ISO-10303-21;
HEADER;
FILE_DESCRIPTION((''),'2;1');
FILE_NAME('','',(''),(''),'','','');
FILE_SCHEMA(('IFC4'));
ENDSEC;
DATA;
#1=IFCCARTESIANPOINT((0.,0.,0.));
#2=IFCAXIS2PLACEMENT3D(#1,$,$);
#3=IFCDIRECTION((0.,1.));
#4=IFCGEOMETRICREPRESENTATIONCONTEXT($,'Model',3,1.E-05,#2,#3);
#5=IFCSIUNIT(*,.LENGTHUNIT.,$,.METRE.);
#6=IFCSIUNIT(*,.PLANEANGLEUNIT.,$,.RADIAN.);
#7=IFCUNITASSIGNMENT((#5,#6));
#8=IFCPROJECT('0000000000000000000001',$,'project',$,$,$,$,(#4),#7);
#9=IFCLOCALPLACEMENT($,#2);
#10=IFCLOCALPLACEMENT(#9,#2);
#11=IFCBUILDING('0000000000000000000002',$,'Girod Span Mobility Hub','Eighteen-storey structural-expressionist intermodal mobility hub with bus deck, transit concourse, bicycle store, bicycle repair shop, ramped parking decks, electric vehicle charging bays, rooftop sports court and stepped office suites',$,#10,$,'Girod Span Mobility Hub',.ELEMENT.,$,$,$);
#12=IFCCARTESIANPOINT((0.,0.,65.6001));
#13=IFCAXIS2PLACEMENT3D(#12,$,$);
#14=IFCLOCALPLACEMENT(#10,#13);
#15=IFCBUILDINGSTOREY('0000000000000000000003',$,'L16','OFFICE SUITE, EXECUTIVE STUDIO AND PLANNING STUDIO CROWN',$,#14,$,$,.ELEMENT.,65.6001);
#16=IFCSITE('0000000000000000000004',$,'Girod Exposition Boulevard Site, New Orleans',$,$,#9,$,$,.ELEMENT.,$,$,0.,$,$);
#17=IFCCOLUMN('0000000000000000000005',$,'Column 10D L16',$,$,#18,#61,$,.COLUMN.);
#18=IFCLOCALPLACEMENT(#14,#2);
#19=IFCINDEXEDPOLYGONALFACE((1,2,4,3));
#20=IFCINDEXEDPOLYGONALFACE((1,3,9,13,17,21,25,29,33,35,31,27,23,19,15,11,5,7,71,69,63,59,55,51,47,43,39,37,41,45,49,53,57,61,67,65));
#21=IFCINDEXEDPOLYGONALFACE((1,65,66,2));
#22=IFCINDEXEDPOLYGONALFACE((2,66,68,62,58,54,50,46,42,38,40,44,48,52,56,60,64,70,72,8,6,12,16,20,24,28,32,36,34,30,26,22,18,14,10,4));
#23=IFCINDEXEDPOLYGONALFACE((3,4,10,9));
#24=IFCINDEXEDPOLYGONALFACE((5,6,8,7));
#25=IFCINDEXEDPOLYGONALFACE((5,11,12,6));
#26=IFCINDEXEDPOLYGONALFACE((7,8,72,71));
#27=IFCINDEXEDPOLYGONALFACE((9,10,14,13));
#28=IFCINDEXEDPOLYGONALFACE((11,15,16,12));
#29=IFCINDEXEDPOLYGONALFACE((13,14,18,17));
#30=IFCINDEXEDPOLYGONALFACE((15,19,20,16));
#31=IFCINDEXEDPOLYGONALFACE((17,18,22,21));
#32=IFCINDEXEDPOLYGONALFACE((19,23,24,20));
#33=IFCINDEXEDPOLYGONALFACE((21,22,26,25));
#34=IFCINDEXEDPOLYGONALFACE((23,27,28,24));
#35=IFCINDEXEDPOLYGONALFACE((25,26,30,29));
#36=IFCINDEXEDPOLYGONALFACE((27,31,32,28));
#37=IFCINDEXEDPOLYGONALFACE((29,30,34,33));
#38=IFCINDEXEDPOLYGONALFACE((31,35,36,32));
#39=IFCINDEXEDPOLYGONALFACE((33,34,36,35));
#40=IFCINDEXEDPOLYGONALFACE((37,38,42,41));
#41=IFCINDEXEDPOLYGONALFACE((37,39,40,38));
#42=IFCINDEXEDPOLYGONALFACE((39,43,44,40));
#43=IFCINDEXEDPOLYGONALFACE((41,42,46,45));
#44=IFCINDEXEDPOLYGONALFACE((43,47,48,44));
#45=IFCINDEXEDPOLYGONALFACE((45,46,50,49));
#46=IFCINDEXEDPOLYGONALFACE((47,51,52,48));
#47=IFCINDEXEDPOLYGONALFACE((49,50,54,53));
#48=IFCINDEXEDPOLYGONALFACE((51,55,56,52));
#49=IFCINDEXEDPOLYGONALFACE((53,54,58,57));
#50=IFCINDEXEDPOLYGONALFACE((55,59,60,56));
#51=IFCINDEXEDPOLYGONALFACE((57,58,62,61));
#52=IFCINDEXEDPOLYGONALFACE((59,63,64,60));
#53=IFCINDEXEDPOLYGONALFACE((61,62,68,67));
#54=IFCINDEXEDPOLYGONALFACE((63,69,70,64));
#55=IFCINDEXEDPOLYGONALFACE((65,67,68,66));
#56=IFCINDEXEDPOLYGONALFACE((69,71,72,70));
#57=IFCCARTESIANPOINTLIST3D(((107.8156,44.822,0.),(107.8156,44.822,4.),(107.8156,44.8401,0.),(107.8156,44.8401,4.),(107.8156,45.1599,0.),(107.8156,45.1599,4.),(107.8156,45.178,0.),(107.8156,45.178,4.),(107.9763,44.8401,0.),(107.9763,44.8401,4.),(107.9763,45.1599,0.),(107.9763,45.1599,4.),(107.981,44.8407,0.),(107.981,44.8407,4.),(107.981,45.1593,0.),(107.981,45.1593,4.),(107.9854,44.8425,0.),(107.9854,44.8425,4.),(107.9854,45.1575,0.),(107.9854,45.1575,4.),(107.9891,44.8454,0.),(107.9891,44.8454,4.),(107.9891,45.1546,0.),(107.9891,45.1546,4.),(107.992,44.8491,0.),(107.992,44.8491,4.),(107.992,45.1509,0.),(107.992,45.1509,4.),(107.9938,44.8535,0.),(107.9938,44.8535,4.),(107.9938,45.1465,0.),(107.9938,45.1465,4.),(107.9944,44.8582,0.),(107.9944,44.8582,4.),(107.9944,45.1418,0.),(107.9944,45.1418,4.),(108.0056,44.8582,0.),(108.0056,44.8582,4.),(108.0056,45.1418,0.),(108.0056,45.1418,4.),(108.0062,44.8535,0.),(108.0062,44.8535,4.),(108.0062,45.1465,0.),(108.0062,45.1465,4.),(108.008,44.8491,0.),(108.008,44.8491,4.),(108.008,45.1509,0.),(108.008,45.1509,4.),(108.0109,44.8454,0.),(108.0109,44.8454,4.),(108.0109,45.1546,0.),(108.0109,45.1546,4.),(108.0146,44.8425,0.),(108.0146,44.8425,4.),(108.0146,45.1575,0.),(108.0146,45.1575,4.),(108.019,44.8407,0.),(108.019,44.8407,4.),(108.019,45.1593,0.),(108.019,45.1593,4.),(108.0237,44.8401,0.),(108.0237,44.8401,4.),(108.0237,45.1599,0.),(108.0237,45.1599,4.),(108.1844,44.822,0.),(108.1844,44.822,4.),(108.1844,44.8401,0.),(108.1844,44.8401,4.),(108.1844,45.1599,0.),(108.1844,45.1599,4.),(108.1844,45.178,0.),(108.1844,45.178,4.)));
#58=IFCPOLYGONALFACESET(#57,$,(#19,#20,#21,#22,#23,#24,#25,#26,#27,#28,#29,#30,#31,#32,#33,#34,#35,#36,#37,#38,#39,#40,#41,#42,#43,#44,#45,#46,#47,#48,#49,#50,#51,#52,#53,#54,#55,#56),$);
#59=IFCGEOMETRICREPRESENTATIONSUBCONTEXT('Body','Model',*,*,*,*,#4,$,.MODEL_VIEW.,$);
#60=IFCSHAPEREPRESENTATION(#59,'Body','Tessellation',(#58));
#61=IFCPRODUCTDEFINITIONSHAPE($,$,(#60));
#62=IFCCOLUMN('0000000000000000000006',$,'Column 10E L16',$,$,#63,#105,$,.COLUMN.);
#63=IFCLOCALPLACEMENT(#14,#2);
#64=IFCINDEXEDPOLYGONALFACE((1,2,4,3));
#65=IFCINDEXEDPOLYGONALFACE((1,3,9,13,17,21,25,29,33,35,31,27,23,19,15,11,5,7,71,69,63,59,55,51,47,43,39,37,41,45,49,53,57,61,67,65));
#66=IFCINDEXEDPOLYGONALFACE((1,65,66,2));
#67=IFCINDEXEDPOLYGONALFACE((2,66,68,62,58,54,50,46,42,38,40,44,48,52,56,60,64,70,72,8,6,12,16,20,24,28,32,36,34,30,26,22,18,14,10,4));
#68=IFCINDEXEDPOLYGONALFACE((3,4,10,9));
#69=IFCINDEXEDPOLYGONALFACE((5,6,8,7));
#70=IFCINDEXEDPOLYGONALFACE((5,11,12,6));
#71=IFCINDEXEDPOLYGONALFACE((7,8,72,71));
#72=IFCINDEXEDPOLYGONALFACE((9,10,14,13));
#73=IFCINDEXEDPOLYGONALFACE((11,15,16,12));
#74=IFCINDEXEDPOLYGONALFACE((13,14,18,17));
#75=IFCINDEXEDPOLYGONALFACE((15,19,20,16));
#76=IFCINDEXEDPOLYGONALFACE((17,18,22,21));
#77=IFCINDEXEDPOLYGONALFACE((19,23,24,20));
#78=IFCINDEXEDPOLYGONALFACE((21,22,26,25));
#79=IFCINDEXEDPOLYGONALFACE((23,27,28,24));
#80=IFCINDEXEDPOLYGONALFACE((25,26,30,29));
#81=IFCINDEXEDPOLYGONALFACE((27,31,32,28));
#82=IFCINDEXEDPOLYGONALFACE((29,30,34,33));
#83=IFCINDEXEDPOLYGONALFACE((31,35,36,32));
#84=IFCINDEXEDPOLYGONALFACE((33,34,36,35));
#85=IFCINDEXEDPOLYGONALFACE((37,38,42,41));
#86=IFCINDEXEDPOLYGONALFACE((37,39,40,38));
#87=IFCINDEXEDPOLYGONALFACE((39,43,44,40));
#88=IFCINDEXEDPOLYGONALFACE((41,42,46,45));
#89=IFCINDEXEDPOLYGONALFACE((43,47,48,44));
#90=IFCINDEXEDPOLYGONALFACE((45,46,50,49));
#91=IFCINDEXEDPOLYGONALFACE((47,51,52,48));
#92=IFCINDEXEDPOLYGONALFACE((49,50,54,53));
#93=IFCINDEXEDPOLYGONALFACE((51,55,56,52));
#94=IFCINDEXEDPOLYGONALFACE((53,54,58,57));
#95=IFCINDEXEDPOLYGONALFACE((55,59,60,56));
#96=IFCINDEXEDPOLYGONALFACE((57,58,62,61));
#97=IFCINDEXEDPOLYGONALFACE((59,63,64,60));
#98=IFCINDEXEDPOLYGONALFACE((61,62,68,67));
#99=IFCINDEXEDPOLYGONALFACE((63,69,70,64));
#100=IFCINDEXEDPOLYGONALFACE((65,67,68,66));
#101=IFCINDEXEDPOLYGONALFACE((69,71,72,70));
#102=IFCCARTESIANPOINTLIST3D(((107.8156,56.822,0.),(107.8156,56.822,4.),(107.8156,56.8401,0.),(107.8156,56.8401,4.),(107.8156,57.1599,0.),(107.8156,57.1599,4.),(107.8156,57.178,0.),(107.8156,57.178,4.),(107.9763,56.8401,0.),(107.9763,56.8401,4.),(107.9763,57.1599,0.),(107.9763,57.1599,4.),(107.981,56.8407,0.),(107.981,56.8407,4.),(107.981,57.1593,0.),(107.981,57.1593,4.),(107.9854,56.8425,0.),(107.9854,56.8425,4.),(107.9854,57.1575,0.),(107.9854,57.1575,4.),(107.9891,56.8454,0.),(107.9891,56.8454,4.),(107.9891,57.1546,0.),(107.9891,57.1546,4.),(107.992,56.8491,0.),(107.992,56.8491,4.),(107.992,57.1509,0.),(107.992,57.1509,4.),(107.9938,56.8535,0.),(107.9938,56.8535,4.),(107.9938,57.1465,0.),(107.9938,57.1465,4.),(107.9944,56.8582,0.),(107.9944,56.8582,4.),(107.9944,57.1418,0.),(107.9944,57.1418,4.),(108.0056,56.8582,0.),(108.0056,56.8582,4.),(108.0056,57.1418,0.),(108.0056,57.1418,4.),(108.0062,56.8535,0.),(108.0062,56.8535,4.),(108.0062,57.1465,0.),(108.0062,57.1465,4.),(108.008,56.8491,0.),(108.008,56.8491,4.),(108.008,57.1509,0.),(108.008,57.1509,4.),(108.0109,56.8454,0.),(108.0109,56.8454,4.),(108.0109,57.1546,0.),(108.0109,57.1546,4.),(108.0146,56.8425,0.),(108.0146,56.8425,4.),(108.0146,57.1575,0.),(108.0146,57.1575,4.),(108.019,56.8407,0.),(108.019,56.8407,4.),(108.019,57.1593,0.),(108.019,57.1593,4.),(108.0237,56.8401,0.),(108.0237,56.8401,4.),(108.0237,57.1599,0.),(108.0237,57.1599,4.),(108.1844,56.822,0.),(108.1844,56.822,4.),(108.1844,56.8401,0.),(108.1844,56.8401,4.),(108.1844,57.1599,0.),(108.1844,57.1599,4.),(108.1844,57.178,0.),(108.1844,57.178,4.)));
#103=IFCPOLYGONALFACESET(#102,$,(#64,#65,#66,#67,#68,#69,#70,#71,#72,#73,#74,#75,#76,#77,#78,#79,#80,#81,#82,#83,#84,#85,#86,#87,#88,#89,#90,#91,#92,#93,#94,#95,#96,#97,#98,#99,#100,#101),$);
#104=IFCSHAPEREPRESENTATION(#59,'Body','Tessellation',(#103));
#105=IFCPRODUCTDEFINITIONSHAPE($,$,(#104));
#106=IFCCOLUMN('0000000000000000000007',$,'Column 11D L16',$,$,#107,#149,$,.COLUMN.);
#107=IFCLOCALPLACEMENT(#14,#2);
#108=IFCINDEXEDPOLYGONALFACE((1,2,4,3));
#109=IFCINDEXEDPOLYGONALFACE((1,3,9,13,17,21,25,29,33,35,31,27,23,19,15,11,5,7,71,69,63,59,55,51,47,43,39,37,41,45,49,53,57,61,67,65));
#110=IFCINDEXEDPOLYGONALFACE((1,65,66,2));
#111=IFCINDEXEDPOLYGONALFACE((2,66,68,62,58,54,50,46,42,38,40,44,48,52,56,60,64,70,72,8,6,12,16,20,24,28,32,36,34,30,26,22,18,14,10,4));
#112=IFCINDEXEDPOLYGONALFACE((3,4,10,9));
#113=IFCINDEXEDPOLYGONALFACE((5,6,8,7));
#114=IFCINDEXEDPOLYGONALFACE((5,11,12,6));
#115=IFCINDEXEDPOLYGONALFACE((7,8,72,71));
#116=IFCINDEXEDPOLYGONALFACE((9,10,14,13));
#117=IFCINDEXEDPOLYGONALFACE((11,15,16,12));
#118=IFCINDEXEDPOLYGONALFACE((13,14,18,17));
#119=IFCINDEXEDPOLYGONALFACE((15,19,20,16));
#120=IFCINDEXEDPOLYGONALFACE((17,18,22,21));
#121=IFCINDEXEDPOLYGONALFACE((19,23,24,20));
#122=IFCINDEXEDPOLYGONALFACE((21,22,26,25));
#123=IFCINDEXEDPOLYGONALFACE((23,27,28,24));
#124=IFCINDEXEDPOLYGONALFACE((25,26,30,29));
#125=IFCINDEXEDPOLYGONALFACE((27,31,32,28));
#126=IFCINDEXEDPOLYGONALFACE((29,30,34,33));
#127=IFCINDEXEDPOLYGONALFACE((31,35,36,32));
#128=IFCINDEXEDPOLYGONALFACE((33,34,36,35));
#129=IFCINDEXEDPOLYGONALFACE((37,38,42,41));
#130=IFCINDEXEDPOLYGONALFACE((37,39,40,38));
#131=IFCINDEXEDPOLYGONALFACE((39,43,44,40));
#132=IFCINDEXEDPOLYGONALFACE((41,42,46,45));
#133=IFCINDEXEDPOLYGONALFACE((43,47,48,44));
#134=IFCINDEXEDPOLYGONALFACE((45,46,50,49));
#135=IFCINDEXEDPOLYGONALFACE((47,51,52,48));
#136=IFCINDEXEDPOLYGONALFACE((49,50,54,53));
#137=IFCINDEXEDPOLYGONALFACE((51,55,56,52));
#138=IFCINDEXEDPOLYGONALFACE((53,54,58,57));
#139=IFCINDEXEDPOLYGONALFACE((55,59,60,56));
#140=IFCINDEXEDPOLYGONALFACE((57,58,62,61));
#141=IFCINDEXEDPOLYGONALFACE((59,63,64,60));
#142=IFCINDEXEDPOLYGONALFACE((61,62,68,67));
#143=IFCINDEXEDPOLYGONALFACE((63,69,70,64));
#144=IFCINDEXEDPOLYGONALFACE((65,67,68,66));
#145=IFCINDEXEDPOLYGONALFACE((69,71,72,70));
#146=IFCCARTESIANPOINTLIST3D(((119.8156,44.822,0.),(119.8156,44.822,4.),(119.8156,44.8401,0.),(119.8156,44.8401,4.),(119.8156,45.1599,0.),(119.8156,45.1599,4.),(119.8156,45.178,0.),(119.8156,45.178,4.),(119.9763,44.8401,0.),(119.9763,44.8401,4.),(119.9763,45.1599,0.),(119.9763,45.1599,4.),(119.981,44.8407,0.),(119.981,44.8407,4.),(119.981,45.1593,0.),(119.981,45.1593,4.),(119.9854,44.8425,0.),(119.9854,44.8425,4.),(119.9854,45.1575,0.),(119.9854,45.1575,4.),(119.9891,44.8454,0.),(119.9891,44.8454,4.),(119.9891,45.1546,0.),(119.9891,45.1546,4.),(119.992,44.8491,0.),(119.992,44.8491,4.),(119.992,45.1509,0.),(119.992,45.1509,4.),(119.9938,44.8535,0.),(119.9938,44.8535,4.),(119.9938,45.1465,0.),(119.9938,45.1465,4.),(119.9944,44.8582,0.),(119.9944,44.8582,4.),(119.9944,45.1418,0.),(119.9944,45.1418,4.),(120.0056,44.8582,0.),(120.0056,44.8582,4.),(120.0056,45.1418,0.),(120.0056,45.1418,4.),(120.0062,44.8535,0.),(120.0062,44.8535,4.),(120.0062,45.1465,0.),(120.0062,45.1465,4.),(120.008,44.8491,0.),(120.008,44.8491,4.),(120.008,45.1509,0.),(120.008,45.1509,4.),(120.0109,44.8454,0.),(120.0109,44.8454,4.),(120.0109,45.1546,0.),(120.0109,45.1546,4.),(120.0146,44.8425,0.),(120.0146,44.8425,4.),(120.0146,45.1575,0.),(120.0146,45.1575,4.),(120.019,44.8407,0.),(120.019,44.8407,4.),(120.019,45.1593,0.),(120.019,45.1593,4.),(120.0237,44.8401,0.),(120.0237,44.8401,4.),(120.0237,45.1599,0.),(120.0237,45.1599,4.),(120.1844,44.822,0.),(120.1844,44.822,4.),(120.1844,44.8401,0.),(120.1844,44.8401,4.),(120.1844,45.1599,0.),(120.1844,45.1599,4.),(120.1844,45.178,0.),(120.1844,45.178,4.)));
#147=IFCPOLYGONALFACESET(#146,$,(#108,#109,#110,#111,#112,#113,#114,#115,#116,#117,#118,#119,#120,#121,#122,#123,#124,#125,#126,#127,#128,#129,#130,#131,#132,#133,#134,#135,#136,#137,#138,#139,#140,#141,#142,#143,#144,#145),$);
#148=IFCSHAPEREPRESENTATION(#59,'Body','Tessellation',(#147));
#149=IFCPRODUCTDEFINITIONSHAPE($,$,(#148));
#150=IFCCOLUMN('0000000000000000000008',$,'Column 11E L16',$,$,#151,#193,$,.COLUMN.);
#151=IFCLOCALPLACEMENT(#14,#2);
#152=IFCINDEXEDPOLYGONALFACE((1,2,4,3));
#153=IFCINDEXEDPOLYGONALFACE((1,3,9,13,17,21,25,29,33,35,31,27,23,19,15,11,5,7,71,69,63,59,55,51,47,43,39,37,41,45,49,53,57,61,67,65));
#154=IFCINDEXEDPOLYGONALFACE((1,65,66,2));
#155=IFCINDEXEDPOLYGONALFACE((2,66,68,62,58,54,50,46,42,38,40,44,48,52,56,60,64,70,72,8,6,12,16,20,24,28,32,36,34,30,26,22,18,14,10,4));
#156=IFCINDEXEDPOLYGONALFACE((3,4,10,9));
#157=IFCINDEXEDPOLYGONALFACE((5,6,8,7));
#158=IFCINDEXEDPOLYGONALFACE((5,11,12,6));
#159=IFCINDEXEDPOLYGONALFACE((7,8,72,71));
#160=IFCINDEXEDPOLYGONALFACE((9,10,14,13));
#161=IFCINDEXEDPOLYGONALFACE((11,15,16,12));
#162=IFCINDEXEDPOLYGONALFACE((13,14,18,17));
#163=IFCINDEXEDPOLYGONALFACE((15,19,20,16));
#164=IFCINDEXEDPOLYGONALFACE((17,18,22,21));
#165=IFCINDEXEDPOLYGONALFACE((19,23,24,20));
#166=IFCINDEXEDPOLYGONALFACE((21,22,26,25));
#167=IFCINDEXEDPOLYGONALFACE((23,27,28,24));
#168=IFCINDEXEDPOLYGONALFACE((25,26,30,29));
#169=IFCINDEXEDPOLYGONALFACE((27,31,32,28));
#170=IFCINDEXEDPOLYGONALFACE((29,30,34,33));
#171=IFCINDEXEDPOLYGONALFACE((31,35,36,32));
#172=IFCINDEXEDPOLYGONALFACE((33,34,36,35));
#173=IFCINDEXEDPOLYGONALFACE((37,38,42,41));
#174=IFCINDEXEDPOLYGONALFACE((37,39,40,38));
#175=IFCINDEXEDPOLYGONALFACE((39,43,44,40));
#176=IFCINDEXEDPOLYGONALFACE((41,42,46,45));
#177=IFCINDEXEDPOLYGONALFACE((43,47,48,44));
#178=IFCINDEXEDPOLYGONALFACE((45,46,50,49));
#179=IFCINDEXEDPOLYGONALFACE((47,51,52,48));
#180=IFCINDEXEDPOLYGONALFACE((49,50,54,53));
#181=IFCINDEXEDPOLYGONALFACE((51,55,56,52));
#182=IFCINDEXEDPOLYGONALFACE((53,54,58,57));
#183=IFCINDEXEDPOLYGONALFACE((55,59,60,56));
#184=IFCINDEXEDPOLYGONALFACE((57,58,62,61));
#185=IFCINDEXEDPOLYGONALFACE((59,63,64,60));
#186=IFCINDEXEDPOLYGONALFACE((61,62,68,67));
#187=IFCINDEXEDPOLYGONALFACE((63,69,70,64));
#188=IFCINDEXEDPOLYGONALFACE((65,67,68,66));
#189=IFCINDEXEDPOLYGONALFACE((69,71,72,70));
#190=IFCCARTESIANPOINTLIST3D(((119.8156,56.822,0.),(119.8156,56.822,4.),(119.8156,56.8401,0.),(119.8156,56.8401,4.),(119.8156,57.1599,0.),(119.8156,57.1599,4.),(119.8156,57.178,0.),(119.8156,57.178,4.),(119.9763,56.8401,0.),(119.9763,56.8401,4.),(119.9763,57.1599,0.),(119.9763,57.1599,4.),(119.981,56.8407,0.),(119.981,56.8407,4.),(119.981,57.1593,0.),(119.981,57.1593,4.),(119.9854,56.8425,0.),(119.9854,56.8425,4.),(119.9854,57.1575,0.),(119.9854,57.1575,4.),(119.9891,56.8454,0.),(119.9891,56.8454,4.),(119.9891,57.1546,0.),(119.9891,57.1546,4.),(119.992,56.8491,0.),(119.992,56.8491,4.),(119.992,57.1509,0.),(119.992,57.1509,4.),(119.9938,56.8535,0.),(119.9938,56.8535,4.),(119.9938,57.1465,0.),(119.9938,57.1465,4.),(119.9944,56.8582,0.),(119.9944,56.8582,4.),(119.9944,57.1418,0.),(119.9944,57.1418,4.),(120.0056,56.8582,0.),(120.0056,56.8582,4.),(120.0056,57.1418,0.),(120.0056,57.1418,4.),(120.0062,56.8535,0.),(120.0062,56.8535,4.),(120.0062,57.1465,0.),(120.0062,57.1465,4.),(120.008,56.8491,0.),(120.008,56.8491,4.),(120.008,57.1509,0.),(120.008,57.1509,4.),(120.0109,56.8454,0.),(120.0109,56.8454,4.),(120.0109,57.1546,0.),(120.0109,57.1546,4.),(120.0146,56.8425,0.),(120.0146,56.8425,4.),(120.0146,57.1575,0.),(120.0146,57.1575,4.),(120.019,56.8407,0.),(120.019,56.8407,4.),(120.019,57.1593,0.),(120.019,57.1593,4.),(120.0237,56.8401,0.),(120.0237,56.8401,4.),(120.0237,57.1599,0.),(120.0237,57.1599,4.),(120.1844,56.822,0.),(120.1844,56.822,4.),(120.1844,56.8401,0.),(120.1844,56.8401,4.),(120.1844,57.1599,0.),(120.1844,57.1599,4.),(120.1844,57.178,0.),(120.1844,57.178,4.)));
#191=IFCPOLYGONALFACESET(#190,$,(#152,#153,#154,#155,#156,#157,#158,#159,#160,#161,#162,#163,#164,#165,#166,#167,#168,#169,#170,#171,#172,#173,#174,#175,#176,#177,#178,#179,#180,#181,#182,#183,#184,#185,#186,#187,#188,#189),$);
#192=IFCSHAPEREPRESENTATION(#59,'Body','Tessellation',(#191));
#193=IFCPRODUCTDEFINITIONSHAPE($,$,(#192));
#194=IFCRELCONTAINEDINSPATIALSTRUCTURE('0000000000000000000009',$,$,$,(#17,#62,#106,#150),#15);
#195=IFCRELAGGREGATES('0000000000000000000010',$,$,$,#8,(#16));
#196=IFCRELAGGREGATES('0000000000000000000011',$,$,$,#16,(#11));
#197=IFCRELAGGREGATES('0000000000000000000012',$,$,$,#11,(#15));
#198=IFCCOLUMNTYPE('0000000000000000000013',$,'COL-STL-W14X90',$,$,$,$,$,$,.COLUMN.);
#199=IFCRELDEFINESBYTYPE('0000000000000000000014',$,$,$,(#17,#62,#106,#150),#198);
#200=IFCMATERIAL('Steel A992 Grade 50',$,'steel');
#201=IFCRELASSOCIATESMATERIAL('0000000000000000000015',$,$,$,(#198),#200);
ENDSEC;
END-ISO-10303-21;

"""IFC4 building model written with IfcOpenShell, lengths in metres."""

from ifc_helpers import new_model, si_unit, direction, frame, origin, origin_2d, place, context, subcontext, project, spatial, i_section, extrude, material, material_profile, profile_set, type_object, element, save


model = new_model("IFC4")

# Units and contexts
model_context = context("Model", 3, precision=1e-05, world=origin(), true_north=direction((0.0, 1.0)))
body_context = subcontext(model_context, "Body", "Model", "MODEL_VIEW")
ifc_project = project(units=[si_unit("LENGTHUNIT", "METRE"), si_unit("PLANEANGLEUNIT", "RADIAN")], contexts=[model_context])

# Site, building, storey
site_placement = place(None, origin())
site = spatial("IfcSite", under=ifc_project, at=site_placement, Name="Girod Exposition Boulevard Site, New Orleans", CompositionType="ELEMENT", RefElevation=0.0)
building_placement = place(site_placement, origin())
building = spatial("IfcBuilding", under=site, at=building_placement, Name="Girod Span Mobility Hub", Description="Eighteen-storey structural-expressionist intermodal mobility hub with bus deck, transit concourse, bicycle store, bicycle repair shop, ramped parking decks, electric vehicle charging bays, rooftop sports court and stepped office suites", LongName="Girod Span Mobility Hub", CompositionType="ELEMENT")
storey_placement = place(building_placement, frame((0.0, 0.0, 65.6001)))
storey = spatial("IfcBuildingStorey", under=building, at=storey_placement, Name="L16", Description="OFFICE SUITE, EXECUTIVE STUDIO AND PLANNING STUDIO CROWN", CompositionType="ELEMENT", Elevation=65.6001)

# Columns
ifc_material_1 = material(Name="Steel A992 Grade 50", Category="steel")
ifc_material_profile_1 = material_profile(ifc_material_1, i_section(OverallWidth=0.3689, OverallDepth=0.356, WebThickness=0.0112, FlangeThickness=0.0181, FilletRadius=0.0181, at=origin_2d()), Name="W14X90")
ifc_profile_set_1 = profile_set([ifc_material_profile_1], Name="Steel A992 Grade 50")
column_type = type_object("IfcColumnType", Name="COL-STL-W14X90", PredefinedType="COLUMN", material=ifc_profile_set_1)
for number, where, z_axis, x_axis, name in (
    (1, (108.0, 45.0, 0.0), (0.0, 0.0, 1.0), (1.0, 0.0, 0.0), "Column 10D L16"),
    (2, (108.0, 57.0, 0.0), (0.0, 0.0, 1.0), (1.0, 0.0, 0.0), "Column 10E L16"),
    (3, (120.0, 45.0, 0.0), (0.0, 0.0, 1.0), (1.0, 0.0, 0.0), "Column 11D L16"),
    (4, (120.0, 57.0, 0.0), (0.0, 0.0, 1.0), (1.0, 0.0, 0.0), "Column 11E L16"),
):
    element("IfcColumn", number, at=place(storey_placement, frame(where, z_axis=z_axis, x_axis=x_axis)), inside=storey, type_object=column_type, Name=name, PredefinedType="COLUMN", context=body_context, shape_type="SweptSolid", body=[
        extrude(i_section(OverallWidth=0.3689, OverallDepth=0.356, WebThickness=0.0112, FlangeThickness=0.0181, FilletRadius=0.0181, at=origin_2d()), origin(), (0.0, 0.0, 1.0), 4.0),
    ])

save(model, "model.ifc")
